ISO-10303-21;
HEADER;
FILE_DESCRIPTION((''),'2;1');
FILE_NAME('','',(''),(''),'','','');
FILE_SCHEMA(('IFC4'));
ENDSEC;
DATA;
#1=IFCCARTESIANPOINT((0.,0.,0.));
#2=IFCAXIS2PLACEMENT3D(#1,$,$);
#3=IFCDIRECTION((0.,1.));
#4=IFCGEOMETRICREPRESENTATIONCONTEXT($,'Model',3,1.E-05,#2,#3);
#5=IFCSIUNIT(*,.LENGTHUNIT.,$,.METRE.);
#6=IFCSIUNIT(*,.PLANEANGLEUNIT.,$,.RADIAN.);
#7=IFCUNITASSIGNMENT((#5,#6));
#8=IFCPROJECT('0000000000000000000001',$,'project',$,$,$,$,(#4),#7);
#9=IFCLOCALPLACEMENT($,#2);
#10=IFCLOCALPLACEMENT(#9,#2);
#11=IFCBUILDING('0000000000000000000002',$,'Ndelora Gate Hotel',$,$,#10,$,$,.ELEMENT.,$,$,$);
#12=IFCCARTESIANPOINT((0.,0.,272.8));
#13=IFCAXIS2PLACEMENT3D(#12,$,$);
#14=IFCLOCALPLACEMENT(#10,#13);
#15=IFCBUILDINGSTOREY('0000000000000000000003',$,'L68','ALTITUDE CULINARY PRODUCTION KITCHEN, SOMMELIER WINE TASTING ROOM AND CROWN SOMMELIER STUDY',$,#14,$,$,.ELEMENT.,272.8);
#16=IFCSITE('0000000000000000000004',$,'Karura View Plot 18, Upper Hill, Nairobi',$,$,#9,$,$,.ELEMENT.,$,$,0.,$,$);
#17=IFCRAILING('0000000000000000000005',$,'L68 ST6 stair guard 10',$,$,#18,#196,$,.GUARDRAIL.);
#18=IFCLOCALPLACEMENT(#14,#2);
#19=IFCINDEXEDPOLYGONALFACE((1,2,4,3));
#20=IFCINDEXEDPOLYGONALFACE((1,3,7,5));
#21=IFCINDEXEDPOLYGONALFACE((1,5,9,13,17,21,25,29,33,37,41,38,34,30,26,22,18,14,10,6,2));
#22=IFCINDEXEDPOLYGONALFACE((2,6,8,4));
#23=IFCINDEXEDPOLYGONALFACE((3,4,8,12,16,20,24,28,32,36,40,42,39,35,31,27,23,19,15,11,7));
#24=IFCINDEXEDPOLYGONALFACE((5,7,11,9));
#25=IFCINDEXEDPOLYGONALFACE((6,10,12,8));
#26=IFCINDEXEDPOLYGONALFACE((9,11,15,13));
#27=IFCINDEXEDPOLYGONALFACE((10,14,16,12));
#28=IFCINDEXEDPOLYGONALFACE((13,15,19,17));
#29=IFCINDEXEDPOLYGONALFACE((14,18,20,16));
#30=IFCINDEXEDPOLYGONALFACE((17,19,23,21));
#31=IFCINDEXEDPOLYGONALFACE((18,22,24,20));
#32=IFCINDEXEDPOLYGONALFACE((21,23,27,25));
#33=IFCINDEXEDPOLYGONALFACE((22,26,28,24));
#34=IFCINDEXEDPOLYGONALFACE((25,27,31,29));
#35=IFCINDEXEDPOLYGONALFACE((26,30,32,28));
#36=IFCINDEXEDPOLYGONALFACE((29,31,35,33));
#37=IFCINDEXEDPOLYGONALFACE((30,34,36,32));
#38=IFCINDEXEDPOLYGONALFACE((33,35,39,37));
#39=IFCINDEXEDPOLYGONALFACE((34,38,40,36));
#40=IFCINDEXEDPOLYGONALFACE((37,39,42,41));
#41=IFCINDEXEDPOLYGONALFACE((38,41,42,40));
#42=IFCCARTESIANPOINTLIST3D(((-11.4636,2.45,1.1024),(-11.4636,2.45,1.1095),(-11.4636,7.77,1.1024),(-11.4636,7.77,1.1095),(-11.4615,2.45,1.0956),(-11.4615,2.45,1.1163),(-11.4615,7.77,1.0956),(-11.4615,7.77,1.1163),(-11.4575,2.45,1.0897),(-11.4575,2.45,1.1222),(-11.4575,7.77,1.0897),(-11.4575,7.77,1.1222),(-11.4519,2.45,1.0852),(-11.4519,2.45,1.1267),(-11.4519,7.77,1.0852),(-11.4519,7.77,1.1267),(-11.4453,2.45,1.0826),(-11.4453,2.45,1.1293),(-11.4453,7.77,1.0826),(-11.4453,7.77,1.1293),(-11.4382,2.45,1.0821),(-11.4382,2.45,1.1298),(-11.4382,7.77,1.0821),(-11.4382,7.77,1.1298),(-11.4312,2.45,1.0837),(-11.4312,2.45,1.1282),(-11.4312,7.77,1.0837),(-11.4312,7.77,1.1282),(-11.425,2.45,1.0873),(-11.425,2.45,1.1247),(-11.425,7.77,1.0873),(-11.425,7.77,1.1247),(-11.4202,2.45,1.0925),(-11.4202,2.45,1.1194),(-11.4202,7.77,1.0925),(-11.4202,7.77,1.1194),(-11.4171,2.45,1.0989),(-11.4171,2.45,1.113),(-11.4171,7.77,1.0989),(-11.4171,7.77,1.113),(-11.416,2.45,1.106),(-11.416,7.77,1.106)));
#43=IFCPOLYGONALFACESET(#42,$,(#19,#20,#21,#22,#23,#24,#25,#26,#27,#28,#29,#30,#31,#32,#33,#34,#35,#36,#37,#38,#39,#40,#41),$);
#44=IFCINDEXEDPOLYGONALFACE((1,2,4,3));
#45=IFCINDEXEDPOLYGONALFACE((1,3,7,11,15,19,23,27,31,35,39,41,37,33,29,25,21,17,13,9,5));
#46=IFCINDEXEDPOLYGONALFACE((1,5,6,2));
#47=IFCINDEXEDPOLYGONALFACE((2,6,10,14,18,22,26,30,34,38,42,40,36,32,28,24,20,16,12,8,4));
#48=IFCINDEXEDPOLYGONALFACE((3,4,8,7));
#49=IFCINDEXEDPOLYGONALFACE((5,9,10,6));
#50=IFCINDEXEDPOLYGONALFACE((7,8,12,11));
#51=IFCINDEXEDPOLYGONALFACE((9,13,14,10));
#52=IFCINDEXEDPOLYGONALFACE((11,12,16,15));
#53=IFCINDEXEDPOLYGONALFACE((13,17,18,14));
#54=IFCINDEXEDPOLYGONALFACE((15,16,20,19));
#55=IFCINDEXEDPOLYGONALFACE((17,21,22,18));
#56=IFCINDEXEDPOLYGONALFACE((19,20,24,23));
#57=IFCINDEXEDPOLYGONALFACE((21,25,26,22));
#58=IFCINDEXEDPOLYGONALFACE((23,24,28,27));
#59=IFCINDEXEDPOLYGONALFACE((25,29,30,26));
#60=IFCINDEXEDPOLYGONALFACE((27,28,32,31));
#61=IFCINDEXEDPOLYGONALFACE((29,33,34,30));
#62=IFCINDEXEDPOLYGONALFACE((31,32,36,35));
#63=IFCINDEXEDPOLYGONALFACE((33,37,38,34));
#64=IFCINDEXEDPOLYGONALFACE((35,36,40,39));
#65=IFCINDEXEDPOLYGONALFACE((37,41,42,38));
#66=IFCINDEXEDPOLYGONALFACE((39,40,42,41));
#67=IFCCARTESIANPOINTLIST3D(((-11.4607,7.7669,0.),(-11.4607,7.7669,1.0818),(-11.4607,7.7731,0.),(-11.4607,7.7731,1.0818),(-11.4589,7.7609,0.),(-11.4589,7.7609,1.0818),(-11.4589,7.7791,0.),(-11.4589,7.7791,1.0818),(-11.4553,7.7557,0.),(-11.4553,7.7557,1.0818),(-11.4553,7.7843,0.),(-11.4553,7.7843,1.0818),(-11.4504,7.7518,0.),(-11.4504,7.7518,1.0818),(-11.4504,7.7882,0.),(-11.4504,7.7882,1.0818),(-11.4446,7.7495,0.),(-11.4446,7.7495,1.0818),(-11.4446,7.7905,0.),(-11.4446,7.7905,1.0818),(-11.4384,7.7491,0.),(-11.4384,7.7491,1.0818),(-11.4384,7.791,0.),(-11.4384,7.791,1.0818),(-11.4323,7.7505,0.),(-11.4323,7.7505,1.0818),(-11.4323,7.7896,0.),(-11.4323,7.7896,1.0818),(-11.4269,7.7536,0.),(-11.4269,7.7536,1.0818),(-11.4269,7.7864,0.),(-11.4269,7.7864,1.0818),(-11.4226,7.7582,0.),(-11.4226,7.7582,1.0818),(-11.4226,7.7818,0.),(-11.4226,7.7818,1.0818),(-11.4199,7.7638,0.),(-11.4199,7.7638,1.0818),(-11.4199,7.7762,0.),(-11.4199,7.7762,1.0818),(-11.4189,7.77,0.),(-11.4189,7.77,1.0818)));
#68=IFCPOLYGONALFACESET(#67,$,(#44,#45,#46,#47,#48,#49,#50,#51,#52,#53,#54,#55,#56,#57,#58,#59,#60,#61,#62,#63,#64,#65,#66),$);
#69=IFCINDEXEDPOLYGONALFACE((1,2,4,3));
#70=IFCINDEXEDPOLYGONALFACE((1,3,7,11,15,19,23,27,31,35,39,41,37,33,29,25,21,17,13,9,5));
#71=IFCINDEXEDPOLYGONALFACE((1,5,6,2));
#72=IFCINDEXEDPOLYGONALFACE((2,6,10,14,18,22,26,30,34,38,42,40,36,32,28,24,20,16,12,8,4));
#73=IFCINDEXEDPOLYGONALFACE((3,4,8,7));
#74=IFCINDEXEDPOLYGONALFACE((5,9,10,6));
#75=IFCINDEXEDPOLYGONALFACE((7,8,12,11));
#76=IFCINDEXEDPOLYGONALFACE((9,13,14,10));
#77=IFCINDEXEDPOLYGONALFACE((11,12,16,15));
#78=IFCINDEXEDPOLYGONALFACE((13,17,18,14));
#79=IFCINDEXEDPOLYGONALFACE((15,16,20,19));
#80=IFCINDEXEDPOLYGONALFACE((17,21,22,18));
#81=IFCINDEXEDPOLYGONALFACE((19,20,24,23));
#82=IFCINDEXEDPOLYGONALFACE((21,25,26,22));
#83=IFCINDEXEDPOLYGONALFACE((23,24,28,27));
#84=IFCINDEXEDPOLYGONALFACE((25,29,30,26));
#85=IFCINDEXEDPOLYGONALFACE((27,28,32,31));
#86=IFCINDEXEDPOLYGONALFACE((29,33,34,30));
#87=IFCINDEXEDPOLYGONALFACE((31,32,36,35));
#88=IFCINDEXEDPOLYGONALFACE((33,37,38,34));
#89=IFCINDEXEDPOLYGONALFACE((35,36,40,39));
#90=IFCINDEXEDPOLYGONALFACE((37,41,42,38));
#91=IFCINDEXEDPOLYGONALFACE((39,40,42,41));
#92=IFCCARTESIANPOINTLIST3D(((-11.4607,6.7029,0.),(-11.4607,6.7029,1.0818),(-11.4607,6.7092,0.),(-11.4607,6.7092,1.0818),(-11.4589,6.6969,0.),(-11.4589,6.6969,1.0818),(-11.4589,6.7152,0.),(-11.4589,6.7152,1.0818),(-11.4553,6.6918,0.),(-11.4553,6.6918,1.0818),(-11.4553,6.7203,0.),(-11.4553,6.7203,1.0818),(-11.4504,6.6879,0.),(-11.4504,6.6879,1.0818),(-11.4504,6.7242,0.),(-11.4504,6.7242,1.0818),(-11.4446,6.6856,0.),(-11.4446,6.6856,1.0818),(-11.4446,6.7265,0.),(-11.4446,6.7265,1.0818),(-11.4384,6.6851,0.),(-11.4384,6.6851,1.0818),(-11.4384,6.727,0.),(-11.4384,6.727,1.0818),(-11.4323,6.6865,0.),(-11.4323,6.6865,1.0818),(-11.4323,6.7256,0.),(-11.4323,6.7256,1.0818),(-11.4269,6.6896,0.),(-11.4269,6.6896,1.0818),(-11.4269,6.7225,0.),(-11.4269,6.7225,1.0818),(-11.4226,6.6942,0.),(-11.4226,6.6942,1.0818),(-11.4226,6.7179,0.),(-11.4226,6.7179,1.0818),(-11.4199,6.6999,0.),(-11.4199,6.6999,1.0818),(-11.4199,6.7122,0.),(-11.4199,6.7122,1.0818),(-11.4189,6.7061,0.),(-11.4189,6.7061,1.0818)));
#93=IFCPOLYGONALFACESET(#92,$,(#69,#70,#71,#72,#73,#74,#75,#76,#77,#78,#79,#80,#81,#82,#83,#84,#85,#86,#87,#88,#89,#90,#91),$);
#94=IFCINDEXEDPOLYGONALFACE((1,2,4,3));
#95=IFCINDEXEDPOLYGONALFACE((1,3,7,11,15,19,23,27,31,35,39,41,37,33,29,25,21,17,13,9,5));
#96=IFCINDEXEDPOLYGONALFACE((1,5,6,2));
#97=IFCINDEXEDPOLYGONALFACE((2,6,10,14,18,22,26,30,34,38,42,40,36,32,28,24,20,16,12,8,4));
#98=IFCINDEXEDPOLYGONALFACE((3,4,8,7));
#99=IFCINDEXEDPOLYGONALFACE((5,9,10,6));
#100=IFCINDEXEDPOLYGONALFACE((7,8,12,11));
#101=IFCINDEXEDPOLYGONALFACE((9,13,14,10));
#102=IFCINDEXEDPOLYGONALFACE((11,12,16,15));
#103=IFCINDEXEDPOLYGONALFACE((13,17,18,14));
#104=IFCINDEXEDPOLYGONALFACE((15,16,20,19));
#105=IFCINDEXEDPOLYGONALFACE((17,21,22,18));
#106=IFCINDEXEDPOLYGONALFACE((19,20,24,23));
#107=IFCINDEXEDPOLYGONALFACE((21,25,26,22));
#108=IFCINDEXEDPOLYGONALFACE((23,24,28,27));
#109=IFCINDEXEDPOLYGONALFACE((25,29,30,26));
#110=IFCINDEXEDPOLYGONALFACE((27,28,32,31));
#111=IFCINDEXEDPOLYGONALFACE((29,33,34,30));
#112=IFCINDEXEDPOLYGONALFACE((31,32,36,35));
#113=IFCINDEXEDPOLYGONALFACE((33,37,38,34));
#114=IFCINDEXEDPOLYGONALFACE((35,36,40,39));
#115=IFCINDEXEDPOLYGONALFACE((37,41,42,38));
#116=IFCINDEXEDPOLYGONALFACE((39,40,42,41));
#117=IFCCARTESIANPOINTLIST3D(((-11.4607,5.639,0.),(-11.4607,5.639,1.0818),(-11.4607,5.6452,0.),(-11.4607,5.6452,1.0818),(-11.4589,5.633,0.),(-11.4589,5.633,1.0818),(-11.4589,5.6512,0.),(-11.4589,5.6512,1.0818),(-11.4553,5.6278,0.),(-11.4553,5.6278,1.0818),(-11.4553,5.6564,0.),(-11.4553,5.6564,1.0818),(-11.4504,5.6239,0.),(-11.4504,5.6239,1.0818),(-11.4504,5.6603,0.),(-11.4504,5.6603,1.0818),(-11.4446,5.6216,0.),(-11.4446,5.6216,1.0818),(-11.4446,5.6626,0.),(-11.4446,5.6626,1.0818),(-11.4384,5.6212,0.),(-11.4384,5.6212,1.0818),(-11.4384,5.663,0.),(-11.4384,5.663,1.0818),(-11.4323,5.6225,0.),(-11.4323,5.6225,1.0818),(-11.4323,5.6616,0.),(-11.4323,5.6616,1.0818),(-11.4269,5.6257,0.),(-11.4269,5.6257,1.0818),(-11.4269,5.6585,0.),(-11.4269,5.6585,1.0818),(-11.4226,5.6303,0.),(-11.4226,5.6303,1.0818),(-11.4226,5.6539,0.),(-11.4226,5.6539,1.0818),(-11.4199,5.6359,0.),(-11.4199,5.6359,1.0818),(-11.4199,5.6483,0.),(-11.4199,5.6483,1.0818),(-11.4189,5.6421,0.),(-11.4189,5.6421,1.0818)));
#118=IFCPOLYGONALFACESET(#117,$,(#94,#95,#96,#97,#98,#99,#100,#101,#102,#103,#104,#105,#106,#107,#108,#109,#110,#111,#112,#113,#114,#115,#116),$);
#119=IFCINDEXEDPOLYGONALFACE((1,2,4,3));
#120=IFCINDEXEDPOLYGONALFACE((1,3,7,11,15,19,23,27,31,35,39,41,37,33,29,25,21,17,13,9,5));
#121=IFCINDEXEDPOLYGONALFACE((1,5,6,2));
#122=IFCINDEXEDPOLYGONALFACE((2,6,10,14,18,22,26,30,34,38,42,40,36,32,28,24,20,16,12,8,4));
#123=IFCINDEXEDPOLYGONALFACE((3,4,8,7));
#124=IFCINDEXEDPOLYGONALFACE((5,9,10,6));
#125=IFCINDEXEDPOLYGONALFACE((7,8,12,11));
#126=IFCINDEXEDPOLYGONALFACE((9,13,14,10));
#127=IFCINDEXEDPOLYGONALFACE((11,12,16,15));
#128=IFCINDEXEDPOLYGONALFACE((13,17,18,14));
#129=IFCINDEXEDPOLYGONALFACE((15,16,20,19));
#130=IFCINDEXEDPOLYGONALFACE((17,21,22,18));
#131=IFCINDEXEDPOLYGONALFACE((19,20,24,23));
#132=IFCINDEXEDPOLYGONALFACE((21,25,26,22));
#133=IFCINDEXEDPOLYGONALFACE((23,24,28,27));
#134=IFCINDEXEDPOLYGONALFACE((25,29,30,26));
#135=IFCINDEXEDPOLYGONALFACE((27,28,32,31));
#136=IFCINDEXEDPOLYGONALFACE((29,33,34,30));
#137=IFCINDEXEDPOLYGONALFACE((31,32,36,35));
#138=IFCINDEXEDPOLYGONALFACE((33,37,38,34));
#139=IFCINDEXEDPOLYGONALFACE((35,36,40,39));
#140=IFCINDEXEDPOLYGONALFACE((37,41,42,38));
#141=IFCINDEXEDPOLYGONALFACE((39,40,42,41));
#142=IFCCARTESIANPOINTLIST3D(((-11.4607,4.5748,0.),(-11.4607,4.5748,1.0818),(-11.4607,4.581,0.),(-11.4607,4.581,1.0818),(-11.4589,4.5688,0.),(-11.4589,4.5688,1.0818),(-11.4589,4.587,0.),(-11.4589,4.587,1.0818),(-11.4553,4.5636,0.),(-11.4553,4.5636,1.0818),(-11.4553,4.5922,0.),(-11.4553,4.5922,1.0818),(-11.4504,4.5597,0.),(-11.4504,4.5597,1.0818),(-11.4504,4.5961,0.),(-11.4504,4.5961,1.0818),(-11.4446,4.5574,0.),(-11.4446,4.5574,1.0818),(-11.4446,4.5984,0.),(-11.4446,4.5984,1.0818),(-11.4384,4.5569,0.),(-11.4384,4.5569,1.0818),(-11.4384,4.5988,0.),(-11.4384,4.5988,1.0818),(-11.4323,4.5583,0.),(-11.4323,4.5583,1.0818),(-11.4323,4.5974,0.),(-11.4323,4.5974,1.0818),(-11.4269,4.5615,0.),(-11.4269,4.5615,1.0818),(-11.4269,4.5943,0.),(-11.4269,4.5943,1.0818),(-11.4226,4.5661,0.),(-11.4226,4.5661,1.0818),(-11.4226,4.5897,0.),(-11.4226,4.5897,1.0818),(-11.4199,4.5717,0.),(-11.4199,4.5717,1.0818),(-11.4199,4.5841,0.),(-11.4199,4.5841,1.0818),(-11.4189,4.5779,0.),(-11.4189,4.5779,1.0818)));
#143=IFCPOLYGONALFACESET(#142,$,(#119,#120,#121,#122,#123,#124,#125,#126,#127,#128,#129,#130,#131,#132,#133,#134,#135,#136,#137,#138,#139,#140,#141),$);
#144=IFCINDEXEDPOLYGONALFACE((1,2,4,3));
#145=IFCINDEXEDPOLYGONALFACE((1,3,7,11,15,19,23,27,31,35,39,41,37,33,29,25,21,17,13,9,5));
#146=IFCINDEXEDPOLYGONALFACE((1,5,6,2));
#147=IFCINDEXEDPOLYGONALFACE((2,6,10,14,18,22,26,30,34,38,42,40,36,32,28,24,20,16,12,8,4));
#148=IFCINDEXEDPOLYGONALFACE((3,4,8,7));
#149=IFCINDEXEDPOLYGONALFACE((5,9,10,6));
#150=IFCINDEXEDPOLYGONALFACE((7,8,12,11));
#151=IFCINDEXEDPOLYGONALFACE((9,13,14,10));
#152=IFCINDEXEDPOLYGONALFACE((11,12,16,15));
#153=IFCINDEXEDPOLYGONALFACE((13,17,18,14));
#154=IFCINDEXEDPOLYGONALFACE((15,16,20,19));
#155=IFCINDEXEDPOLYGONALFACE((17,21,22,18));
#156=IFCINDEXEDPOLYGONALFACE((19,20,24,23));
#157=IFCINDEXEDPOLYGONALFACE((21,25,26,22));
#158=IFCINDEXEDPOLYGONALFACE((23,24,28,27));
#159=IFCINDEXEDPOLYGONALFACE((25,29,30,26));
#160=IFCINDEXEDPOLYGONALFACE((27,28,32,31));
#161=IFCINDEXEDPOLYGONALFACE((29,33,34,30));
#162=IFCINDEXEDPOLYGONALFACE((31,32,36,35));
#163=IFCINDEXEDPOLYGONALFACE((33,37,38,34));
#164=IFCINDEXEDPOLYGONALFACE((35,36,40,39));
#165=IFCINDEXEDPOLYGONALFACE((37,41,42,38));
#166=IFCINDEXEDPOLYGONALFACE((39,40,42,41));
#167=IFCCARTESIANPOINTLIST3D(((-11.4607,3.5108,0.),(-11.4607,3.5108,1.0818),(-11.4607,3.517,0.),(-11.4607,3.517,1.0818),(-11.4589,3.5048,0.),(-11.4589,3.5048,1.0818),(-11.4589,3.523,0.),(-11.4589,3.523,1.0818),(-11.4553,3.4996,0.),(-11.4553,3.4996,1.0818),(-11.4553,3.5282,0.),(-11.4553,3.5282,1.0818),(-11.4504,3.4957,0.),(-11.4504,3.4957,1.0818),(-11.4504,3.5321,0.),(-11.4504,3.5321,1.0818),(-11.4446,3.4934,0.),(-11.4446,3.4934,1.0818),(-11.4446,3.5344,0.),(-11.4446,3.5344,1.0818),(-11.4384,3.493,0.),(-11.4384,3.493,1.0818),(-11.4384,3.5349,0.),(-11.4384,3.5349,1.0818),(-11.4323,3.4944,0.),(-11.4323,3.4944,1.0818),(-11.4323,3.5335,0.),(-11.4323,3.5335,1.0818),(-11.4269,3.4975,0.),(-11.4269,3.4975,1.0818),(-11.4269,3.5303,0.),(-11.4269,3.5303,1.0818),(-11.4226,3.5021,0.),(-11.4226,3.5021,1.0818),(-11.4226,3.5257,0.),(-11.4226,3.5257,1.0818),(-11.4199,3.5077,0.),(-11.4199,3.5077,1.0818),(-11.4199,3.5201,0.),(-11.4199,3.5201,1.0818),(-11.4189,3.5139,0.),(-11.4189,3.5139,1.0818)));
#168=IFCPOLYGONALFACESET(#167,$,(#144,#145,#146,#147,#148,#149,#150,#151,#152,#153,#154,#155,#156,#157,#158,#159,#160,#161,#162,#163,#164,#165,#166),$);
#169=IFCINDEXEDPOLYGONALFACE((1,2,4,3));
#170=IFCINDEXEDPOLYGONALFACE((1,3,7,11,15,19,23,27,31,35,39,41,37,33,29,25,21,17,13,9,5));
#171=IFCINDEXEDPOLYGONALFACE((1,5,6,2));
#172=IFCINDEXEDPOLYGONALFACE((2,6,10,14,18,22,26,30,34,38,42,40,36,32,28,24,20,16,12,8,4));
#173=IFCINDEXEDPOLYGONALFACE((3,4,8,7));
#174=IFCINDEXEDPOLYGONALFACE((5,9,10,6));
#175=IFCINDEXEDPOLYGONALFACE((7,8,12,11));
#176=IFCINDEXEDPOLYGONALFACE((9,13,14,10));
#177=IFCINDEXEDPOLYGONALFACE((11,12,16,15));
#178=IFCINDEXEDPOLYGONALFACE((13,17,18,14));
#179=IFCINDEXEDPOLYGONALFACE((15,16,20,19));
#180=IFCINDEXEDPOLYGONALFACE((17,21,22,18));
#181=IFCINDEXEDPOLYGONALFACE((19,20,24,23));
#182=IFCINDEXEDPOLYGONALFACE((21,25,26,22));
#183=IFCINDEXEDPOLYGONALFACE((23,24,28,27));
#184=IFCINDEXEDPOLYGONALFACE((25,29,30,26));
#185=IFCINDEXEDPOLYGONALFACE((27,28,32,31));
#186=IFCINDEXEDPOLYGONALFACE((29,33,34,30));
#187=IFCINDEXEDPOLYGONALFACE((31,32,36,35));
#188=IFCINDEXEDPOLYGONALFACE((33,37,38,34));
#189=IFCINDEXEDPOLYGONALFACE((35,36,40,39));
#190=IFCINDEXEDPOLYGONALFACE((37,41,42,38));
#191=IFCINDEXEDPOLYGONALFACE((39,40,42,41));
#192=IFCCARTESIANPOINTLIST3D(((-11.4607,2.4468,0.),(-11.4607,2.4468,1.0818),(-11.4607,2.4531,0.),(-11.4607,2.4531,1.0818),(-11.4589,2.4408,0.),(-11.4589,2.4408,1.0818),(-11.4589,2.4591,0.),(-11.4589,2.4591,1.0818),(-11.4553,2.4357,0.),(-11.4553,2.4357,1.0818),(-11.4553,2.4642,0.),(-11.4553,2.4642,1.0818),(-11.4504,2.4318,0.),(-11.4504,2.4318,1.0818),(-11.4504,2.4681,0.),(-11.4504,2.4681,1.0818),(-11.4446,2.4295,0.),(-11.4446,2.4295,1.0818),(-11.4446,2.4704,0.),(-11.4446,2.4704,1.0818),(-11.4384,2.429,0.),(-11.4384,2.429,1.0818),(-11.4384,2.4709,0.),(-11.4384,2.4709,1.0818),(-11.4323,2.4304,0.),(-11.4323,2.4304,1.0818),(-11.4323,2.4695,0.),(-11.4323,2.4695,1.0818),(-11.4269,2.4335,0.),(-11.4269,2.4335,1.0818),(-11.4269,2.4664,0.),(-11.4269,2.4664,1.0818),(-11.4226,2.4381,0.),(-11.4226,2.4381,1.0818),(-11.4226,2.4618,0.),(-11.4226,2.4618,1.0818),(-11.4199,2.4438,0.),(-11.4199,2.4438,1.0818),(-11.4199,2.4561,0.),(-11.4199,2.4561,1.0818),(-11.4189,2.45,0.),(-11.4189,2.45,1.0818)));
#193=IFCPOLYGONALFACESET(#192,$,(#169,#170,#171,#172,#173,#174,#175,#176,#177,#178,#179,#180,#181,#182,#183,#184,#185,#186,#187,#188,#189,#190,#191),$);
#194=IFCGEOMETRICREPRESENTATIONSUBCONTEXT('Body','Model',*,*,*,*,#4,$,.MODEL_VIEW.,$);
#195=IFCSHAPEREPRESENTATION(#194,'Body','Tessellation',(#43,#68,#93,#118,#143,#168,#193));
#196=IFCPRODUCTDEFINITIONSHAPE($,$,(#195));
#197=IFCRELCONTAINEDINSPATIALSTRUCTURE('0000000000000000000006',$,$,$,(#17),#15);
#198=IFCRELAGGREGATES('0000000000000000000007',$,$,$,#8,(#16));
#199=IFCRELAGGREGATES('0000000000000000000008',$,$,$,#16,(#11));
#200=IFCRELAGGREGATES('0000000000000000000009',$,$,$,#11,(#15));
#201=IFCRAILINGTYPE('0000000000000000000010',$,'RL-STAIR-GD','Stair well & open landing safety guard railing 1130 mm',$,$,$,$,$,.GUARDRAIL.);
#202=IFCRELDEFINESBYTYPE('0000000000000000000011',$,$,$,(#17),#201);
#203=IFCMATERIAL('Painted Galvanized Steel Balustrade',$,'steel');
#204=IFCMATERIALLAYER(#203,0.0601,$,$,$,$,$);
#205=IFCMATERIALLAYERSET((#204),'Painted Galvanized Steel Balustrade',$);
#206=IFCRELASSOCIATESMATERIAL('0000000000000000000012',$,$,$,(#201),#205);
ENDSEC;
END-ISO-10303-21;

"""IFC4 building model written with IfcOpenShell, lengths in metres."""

from ifc_helpers import new_model, si_unit, direction, frame, origin, origin_2d, place, context, subcontext, project, spatial, circle, extrude, material, layer, layer_set, type_object, element, save


model = new_model("IFC4")

# Units and contexts
model_context = context("Model", 3, precision=1e-05, world=origin(), true_north=direction((0.0, 1.0)))
body_context = subcontext(model_context, "Body", "Model", "MODEL_VIEW")
ifc_project = project(units=[si_unit("LENGTHUNIT", "METRE"), si_unit("PLANEANGLEUNIT", "RADIAN")], contexts=[model_context])

# Site, building, storey
site_placement = place(None, origin())
site = spatial("IfcSite", under=ifc_project, at=site_placement, Name="Karura View Plot 18, Upper Hill, Nairobi", CompositionType="ELEMENT", RefElevation=0.0)
building_placement = place(site_placement, origin())
building = spatial("IfcBuilding", under=site, at=building_placement, Name="Ndelora Gate Hotel", CompositionType="ELEMENT")
storey_placement = place(building_placement, frame((0.0, 0.0, 272.8)))
storey = spatial("IfcBuildingStorey", under=building, at=storey_placement, Name="L68", Description="ALTITUDE CULINARY PRODUCTION KITCHEN, SOMMELIER WINE TASTING ROOM AND CROWN SOMMELIER STUDY", CompositionType="ELEMENT", Elevation=272.8)

# Railing
ifc_material_1 = material(Name="Painted Galvanized Steel Balustrade", Category="steel")
ifc_layer_1 = layer(ifc_material_1, 0.0601)
ifc_layer_set_1 = layer_set([ifc_layer_1], Name="Painted Galvanized Steel Balustrade")
railing_type_1 = type_object("IfcRailingType", Name="RL-STAIR-GD", Description="Stair well & open landing safety guard railing 1130 mm", PredefinedType="GUARDRAIL", material=ifc_layer_set_1)
railing_1_placement = place(storey_placement, frame((-11.4399, 7.77, 0.0)))
element("IfcRailing", 1, at=railing_1_placement, inside=storey, type_object=railing_type_1, Name="L68 ST6 stair guard 10", PredefinedType="GUARDRAIL", context=body_context, shape_type="SweptSolid", body=[
    extrude(circle(Radius=0.0239, at=origin_2d()), frame((0.0, 0.0, 1.106), z_axis=(0.0, -1.0, 0.0), x_axis=(1.0, 0.0, 0.0)), (0.0, 0.0, 1.0), 5.3201),
    extrude(circle(Radius=0.021, at=origin_2d()), origin(), (0.0, 0.0, 1.0), 1.0818),
    extrude(circle(Radius=0.021, at=origin_2d()), frame((0.0, -1.064, 0.0)), (0.0, 0.0, 1.0), 1.0818),
    extrude(circle(Radius=0.021, at=origin_2d()), frame((0.0, -2.1279, 0.0)), (0.0, 0.0, 1.0), 1.0818),
    extrude(circle(Radius=0.021, at=origin_2d()), frame((0.0, -3.1921, 0.0)), (0.0, 0.0, 1.0), 1.0818),
    extrude(circle(Radius=0.021, at=origin_2d()), frame((0.0, -4.2561, 0.0)), (0.0, 0.0, 1.0), 1.0818),
    extrude(circle(Radius=0.021, at=origin_2d()), frame((0.0, -5.3201, 0.0)), (0.0, 0.0, 1.0), 1.0818),
])

save(model, "model.ifc")
